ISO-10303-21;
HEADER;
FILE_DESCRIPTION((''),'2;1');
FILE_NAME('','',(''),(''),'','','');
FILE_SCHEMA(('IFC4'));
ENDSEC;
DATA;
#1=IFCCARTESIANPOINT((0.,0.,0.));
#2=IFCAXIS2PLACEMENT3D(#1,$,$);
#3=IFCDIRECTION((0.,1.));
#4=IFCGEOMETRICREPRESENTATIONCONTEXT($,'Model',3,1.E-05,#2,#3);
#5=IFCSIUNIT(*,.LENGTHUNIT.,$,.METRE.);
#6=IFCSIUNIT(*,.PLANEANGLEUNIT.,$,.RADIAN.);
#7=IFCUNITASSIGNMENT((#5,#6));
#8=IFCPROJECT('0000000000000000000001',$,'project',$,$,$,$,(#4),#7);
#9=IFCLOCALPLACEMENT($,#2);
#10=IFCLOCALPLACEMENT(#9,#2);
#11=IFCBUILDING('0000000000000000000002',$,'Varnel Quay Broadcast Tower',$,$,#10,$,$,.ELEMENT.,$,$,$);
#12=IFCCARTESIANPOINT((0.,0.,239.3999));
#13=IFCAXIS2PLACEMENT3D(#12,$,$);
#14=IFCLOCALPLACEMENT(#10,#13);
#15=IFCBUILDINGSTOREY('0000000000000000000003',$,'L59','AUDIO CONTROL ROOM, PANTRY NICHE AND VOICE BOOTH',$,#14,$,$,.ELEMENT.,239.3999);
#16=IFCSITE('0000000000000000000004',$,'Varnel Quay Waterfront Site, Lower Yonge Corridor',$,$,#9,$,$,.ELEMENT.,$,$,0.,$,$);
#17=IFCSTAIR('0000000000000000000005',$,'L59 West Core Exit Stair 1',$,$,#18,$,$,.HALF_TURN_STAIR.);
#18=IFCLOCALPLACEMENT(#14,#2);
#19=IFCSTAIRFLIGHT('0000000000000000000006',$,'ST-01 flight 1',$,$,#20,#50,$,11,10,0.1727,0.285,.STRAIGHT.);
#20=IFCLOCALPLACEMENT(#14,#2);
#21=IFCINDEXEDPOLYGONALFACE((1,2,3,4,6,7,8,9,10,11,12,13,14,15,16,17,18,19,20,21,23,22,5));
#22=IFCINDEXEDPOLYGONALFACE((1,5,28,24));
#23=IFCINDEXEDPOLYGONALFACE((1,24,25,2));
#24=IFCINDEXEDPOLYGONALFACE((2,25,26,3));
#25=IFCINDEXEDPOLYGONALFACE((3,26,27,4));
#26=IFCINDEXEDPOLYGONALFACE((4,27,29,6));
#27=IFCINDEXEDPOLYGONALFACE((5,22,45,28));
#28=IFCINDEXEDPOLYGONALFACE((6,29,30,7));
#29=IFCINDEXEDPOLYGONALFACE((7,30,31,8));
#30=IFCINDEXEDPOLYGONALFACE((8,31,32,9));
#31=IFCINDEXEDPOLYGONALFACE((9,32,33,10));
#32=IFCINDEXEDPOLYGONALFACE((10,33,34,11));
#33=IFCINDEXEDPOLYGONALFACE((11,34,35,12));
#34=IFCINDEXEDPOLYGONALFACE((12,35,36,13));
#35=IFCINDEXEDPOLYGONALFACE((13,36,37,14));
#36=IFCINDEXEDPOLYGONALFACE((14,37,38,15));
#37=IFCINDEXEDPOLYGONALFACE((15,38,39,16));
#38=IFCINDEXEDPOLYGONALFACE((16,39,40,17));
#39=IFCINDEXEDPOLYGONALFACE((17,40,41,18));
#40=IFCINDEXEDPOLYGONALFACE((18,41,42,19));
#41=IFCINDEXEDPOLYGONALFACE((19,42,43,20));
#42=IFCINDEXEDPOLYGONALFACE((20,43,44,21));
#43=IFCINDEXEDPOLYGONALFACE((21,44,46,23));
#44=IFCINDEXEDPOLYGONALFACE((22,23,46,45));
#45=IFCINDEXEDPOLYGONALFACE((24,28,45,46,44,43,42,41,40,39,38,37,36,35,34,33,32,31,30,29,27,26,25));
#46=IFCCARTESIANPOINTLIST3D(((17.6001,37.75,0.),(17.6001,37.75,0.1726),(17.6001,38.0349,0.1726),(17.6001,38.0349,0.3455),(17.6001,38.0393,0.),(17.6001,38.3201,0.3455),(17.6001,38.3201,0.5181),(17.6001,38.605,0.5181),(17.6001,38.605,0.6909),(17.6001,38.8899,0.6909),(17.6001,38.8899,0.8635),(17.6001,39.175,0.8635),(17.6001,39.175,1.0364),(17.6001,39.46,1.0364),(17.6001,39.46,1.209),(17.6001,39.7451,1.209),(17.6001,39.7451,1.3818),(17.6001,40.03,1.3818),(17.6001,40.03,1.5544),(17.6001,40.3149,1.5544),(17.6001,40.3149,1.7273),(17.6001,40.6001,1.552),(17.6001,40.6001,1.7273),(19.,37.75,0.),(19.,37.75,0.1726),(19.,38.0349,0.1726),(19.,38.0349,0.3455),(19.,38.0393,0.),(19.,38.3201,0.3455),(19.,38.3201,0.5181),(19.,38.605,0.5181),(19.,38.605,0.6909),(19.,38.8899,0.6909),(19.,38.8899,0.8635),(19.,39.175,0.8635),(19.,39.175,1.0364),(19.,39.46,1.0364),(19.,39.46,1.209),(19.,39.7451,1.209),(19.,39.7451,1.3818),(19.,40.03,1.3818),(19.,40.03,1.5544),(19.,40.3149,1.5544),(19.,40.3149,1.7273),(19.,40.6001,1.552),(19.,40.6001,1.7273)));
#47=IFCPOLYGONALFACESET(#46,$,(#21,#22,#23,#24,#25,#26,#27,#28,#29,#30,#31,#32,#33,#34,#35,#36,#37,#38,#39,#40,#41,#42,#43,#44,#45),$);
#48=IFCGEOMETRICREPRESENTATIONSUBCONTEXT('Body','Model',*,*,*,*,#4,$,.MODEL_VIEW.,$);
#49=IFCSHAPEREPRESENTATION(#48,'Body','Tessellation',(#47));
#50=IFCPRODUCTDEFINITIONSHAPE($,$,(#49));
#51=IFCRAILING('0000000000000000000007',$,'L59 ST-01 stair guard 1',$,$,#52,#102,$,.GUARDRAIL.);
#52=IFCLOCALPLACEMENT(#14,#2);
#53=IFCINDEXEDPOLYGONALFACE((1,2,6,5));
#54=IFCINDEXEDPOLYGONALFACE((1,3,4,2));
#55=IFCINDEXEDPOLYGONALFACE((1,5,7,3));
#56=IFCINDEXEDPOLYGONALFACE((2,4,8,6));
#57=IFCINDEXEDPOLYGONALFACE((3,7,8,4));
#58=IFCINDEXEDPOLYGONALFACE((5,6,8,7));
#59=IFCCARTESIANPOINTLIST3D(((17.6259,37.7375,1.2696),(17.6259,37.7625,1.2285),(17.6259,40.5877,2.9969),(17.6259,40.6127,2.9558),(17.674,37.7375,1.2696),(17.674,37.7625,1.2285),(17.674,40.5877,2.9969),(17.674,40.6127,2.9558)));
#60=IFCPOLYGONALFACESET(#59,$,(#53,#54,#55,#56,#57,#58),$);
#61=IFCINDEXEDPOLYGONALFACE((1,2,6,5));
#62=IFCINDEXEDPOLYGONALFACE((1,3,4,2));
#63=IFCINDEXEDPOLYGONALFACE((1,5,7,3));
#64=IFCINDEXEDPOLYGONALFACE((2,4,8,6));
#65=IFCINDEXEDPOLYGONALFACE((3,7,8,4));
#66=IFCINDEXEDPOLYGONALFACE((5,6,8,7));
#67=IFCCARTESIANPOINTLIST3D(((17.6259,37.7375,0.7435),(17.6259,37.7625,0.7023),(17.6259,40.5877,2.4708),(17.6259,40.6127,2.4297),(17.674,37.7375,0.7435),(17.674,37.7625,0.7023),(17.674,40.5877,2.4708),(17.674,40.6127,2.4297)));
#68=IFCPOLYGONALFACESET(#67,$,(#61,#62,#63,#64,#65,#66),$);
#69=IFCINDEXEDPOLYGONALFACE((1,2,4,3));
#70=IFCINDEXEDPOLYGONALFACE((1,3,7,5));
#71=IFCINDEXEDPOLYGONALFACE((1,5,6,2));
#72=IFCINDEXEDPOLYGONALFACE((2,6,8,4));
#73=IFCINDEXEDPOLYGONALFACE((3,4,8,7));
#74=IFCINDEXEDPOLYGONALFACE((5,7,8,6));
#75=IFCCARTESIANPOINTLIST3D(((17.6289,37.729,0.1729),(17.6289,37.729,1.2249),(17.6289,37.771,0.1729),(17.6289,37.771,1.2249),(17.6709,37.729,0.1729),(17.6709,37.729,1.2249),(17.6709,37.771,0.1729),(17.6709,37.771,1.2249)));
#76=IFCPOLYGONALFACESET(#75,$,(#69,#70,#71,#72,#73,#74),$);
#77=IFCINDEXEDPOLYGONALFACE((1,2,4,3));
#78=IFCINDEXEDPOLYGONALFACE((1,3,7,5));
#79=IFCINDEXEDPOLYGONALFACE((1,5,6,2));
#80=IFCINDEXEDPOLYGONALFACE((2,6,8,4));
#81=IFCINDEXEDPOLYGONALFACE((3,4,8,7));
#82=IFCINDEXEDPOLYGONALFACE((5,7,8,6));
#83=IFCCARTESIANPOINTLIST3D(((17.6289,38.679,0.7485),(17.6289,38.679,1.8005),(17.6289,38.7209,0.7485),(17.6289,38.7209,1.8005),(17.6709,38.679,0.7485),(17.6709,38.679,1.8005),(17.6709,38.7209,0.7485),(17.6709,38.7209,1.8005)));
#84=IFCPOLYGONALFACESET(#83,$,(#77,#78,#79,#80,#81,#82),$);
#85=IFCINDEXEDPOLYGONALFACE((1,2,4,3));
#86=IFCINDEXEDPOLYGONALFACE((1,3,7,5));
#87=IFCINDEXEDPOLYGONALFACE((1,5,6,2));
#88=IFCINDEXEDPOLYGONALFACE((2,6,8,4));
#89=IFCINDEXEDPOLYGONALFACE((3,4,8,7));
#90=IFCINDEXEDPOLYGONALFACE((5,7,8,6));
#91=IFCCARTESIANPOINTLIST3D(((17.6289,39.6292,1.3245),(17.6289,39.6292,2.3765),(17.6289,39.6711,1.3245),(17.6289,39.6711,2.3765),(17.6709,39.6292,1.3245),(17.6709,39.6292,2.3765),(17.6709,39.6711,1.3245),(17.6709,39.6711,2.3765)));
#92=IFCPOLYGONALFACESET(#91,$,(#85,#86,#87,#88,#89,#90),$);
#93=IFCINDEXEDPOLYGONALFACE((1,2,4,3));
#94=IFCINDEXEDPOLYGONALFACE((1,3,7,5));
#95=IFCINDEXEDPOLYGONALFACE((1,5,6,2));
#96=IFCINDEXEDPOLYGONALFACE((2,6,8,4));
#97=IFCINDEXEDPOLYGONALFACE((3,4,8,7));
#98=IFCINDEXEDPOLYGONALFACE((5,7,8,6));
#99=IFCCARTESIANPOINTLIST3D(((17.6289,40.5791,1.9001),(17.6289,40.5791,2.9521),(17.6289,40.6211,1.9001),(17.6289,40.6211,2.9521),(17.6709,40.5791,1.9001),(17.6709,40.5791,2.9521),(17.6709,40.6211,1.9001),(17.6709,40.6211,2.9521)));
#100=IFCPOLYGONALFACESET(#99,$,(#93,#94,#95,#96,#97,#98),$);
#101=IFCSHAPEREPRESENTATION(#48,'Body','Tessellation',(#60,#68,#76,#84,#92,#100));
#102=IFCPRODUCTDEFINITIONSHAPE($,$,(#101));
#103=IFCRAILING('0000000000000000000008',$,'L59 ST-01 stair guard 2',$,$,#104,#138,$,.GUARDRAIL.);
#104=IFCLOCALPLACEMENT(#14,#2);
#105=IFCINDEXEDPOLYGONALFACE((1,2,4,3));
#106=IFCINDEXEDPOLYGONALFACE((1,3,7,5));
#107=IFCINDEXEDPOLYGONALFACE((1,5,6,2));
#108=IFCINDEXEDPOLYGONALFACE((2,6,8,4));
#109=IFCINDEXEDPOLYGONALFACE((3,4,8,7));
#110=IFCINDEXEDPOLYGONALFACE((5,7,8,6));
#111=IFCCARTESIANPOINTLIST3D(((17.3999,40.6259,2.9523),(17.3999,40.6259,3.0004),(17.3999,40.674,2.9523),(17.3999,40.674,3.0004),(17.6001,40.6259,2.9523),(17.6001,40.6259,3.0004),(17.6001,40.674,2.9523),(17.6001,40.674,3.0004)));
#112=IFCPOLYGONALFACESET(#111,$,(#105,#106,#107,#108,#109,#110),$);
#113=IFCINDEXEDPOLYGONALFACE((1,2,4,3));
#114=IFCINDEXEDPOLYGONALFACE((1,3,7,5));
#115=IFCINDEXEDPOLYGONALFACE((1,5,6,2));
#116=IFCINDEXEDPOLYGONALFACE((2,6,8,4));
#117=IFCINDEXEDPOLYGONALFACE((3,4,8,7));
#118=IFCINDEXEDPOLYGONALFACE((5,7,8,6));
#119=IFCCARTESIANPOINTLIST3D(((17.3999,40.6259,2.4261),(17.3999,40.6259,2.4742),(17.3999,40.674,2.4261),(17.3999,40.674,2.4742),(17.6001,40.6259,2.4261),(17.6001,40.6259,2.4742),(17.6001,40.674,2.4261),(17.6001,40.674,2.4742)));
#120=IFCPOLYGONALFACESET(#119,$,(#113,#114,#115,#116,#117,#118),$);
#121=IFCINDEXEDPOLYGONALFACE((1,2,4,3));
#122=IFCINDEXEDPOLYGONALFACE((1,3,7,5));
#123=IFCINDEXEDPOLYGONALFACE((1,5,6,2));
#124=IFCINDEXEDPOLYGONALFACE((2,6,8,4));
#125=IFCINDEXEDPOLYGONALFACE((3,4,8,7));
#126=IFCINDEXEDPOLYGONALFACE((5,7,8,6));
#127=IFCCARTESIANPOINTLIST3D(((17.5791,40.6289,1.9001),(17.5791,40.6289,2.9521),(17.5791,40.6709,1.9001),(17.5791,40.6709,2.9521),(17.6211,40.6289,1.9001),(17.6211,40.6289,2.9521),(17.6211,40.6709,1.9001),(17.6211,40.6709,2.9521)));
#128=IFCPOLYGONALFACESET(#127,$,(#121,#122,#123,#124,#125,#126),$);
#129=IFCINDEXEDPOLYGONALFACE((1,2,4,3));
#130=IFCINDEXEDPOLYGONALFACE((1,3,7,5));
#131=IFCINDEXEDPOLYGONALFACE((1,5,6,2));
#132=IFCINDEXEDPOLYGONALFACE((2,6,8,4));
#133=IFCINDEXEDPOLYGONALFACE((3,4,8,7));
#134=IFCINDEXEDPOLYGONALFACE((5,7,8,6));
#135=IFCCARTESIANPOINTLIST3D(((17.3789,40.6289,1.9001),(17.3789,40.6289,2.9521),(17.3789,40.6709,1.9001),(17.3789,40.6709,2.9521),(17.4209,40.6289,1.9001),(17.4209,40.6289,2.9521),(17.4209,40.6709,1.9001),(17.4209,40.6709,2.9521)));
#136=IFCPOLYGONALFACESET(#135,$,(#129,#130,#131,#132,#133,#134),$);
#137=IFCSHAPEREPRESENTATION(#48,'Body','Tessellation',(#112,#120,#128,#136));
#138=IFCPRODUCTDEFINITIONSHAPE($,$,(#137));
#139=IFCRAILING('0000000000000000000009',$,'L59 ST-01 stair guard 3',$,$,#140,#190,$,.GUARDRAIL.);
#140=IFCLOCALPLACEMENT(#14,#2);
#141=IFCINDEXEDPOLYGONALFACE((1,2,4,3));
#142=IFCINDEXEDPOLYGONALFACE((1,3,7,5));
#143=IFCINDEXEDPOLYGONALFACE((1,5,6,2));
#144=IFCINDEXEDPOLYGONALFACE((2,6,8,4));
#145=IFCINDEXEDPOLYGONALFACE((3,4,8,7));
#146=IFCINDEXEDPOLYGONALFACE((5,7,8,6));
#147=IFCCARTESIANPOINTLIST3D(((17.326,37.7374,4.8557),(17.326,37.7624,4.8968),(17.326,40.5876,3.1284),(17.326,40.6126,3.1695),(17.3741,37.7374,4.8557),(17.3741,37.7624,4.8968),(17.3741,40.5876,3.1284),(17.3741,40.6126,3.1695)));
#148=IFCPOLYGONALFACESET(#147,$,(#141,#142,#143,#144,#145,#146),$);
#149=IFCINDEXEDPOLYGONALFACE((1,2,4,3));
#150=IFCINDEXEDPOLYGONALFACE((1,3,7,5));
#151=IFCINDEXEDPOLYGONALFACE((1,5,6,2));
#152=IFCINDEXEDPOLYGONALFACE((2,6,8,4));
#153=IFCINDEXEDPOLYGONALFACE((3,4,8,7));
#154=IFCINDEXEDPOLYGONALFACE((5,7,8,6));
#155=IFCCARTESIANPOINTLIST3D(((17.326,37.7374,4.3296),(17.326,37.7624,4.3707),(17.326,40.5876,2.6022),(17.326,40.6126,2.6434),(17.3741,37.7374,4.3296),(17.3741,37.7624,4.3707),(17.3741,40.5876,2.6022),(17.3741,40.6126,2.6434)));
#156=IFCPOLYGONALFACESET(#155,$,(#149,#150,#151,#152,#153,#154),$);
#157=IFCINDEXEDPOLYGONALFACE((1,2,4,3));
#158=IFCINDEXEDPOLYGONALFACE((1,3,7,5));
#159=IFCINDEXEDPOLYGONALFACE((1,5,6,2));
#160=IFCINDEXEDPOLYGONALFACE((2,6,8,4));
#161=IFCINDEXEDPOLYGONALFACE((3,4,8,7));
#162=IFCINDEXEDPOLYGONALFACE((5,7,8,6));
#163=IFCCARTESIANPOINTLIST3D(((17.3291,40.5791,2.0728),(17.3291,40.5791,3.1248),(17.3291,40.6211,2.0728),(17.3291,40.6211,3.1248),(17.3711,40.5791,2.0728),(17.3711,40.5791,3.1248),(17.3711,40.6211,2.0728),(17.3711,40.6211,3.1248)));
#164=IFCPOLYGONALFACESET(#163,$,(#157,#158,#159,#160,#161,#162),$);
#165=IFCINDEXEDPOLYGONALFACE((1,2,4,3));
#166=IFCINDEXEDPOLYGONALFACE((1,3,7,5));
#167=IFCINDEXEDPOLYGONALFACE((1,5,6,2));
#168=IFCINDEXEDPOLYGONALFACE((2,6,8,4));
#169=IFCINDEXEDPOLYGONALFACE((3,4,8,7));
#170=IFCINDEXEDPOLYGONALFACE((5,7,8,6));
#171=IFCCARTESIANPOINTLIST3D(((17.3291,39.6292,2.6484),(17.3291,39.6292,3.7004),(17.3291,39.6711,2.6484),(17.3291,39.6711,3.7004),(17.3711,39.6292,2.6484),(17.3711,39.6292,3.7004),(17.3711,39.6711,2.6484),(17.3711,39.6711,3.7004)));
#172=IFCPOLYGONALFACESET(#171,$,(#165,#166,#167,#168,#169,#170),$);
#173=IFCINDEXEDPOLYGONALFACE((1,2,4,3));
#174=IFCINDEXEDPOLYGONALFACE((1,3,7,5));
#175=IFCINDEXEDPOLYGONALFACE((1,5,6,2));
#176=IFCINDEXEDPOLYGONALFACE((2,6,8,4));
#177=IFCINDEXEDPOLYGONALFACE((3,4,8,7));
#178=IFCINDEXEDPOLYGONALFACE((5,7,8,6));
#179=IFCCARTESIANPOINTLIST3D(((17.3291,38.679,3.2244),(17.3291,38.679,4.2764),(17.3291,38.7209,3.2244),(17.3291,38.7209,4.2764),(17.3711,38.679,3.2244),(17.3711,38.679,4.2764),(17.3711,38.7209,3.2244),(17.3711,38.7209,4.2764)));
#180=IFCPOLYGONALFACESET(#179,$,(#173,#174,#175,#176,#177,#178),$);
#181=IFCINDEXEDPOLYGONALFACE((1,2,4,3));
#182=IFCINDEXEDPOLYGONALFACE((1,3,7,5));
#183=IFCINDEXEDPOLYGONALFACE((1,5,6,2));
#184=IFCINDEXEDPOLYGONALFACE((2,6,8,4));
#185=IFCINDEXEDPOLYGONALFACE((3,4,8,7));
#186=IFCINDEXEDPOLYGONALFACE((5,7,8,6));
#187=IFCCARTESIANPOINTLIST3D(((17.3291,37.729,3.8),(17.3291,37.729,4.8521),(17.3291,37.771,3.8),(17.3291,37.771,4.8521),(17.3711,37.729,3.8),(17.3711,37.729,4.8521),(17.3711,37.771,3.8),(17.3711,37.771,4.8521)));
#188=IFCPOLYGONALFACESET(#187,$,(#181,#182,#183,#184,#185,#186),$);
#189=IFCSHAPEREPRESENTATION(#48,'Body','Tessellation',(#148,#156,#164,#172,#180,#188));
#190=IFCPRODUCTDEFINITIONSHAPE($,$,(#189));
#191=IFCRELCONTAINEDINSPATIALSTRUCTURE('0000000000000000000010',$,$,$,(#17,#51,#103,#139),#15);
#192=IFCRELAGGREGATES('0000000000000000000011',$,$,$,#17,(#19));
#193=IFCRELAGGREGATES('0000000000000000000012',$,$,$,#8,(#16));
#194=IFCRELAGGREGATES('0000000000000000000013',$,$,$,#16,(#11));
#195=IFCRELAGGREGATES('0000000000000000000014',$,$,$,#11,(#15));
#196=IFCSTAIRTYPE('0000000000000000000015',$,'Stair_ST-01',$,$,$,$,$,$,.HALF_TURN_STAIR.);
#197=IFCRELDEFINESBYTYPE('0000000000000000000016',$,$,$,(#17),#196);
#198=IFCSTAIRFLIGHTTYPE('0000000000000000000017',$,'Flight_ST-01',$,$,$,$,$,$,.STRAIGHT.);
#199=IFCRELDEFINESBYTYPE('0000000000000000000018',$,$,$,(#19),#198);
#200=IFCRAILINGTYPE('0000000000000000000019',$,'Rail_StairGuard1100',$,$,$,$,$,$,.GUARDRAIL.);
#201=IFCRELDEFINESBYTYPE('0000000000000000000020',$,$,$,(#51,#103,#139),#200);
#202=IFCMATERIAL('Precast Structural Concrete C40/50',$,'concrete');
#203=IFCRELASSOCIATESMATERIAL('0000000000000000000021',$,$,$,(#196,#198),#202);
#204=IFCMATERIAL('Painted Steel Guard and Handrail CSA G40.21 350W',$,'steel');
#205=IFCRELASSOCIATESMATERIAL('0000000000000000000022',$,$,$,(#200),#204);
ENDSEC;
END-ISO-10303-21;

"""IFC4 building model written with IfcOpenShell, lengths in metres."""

from ifc_helpers import new_model, si_unit, direction, frame, origin, origin_2d, place, context, subcontext, project, spatial, polyline, rectangle, outline, extrude, material, type_object, element, aggregate, save


model = new_model("IFC4")

# Units and contexts
model_context = context("Model", 3, precision=1e-05, world=origin(), true_north=direction((0.0, 1.0)))
body_context = subcontext(model_context, "Body", "Model", "MODEL_VIEW")
ifc_project = project(units=[si_unit("LENGTHUNIT", "METRE"), si_unit("PLANEANGLEUNIT", "RADIAN")], contexts=[model_context])

# Site, building, storey
site_placement = place(None, origin())
site = spatial("IfcSite", under=ifc_project, at=site_placement, Name="Varnel Quay Waterfront Site, Lower Yonge Corridor", CompositionType="ELEMENT", RefElevation=0.0)
building_placement = place(site_placement, origin())
building = spatial("IfcBuilding", under=site, at=building_placement, Name="Varnel Quay Broadcast Tower", CompositionType="ELEMENT")
storey_placement = place(building_placement, frame((0.0, 0.0, 239.3999)))
storey = spatial("IfcBuildingStorey", under=building, at=storey_placement, Name="L59", Description="AUDIO CONTROL ROOM, PANTRY NICHE AND VOICE BOOTH", CompositionType="ELEMENT", Elevation=239.3999)

# Stair, stair flight
ifc_material_1 = material(Name="Precast Structural Concrete C40/50", Category="concrete")
stair_type = type_object("IfcStairType", Name="Stair_ST-01", PredefinedType="HALF_TURN_STAIR", material=ifc_material_1)
stair_placement = place(storey_placement, origin())
stair = element("IfcStair", 1, at=stair_placement, inside=storey, type_object=stair_type, Name="L59 West Core Exit Stair 1", PredefinedType="HALF_TURN_STAIR")
stair_flight_type = type_object("IfcStairFlightType", Name="Flight_ST-01", PredefinedType="STRAIGHT", material=ifc_material_1)
stair_flight_placement = place(storey_placement, frame((18.3, 37.75, 0.0), z_axis=(0.0, 0.0, 1.0), x_axis=(0.0, 1.0, 0.0)))
stair_flight = element("IfcStairFlight", 2, at=stair_flight_placement, type_object=stair_flight_type, Name="ST-01 flight 1", NumberOfRisers=11, NumberOfTreads=10, PredefinedType="STRAIGHT", RiserHeight=0.1727, TreadLength=0.285, context=body_context, shape_type="SweptSolid", body=[
    extrude(outline(polyline([(0.0, 0.0), (0.0, 0.1726), (0.2849, 0.1726), (0.2849, 0.3455), (0.5701, 0.3455), (0.5701, 0.5181), (0.855, 0.5181), (0.855, 0.6909), (1.1399, 0.6909), (1.1399, 0.8635), (1.425, 0.8635), (1.425, 1.0364), (1.71, 1.0364), (1.71, 1.209), (1.9951, 1.209), (1.9951, 1.3818), (2.28, 1.3818), (2.28, 1.5544), (2.5649, 1.5544), (2.5649, 1.7273), (2.8501, 1.7273), (2.8501, 1.8999), (2.8501, 1.552), (0.2893, 0.0), (0.0, 0.0)])), frame((0.0, 0.7, 0.0), z_axis=(0.0, -1.0, 0.0), x_axis=(1.0, 0.0, 0.0)), (0.0, 0.0, 1.0), 1.3999),
])
aggregate(stair, [stair_flight])

# Railings
ifc_material_2 = material(Name="Painted Steel Guard and Handrail CSA G40.21 350W", Category="steel")
railing_type_1 = type_object("IfcRailingType", Name="Rail_StairGuard1100", PredefinedType="GUARDRAIL", material=ifc_material_2)
railing_1_placement = place(storey_placement, frame((17.6499, 37.75, 0.1729)))
element("IfcRailing", 3, at=railing_1_placement, inside=storey, type_object=railing_type_1, Name="L59 ST-01 stair guard 1", PredefinedType="GUARDRAIL", context=body_context, shape_type="SweptSolid", body=[
    extrude(rectangle(XDim=0.0481, YDim=0.0481, at=origin_2d()), frame((0.0, 0.0, 1.0762), z_axis=(0.0, 0.855203, 0.518294), x_axis=(-1.0, 0.0, 0.0)), (0.0, 0.0, 1.0), 3.3328),
    extrude(rectangle(XDim=0.0481, YDim=0.0481, at=origin_2d()), frame((0.0, 0.0, 0.55), z_axis=(0.0, 0.855203, 0.518294), x_axis=(-1.0, 0.0, 0.0)), (0.0, 0.0, 1.0), 3.3328),
    extrude(rectangle(XDim=0.042, YDim=0.042, at=origin_2d()), origin(), (0.0, 0.0, 1.0), 1.052),
    extrude(rectangle(XDim=0.042, YDim=0.042, at=origin_2d()), frame((0.0, 0.95, 0.5757)), (0.0, 0.0, 1.0), 1.052),
    extrude(rectangle(XDim=0.042, YDim=0.042, at=origin_2d()), frame((0.0, 1.9001, 1.1516)), (0.0, 0.0, 1.0), 1.052),
    extrude(rectangle(XDim=0.042, YDim=0.042, at=origin_2d()), frame((0.0, 2.8501, 1.7273)), (0.0, 0.0, 1.0), 1.052),
])
railing_2_placement = place(storey_placement, frame((17.6001, 40.6499, 1.9001)))
element("IfcRailing", 4, at=railing_2_placement, inside=storey, type_object=railing_type_1, Name="L59 ST-01 stair guard 2", PredefinedType="GUARDRAIL", context=body_context, shape_type="SweptSolid", body=[
    extrude(rectangle(XDim=0.0481, YDim=0.0481, at=origin_2d()), frame((0.0, 0.0, 1.0762), z_axis=(-1.0, 0.0, 0.0), x_axis=(0.0, -1.0, 0.0)), (0.0, 0.0, 1.0), 0.2002),
    extrude(rectangle(XDim=0.0481, YDim=0.0481, at=origin_2d()), frame((0.0, 0.0, 0.55), z_axis=(-1.0, 0.0, 0.0), x_axis=(0.0, -1.0, 0.0)), (0.0, 0.0, 1.0), 0.2002),
    extrude(rectangle(XDim=0.042, YDim=0.042, at=origin_2d()), origin(), (0.0, 0.0, 1.0), 1.052),
    extrude(rectangle(XDim=0.042, YDim=0.042, at=origin_2d()), frame((-0.2002, 0.0, 0.0)), (0.0, 0.0, 1.0), 1.052),
])
railing_3_placement = place(storey_placement, frame((17.3501, 40.6001, 2.0728)))
element("IfcRailing", 5, at=railing_3_placement, inside=storey, type_object=railing_type_1, Name="L59 ST-01 stair guard 3", PredefinedType="GUARDRAIL", context=body_context, shape_type="SweptSolid", body=[
    extrude(rectangle(XDim=0.0481, YDim=0.0481, at=origin_2d()), frame((0.0, 0.0, 1.0762), z_axis=(0.0, -0.855203, 0.518294), x_axis=(1.0, 0.0, 0.0)), (0.0, 0.0, 1.0), 3.3328),
    extrude(rectangle(XDim=0.0481, YDim=0.0481, at=origin_2d()), frame((0.0, 0.0, 0.55), z_axis=(0.0, -0.855203, 0.518294), x_axis=(1.0, 0.0, 0.0)), (0.0, 0.0, 1.0), 3.3328),
    extrude(rectangle(XDim=0.042, YDim=0.042, at=origin_2d()), origin(), (0.0, 0.0, 1.0), 1.052),
    extrude(rectangle(XDim=0.042, YDim=0.042, at=origin_2d()), frame((0.0, -0.95, 0.5757)), (0.0, 0.0, 1.0), 1.052),
    extrude(rectangle(XDim=0.042, YDim=0.042, at=origin_2d()), frame((0.0, -1.9001, 1.1516)), (0.0, 0.0, 1.0), 1.052),
    extrude(rectangle(XDim=0.042, YDim=0.042, at=origin_2d()), frame((0.0, -2.8501, 1.7273)), (0.0, 0.0, 1.0), 1.052),
])

save(model, "model.ifc")
